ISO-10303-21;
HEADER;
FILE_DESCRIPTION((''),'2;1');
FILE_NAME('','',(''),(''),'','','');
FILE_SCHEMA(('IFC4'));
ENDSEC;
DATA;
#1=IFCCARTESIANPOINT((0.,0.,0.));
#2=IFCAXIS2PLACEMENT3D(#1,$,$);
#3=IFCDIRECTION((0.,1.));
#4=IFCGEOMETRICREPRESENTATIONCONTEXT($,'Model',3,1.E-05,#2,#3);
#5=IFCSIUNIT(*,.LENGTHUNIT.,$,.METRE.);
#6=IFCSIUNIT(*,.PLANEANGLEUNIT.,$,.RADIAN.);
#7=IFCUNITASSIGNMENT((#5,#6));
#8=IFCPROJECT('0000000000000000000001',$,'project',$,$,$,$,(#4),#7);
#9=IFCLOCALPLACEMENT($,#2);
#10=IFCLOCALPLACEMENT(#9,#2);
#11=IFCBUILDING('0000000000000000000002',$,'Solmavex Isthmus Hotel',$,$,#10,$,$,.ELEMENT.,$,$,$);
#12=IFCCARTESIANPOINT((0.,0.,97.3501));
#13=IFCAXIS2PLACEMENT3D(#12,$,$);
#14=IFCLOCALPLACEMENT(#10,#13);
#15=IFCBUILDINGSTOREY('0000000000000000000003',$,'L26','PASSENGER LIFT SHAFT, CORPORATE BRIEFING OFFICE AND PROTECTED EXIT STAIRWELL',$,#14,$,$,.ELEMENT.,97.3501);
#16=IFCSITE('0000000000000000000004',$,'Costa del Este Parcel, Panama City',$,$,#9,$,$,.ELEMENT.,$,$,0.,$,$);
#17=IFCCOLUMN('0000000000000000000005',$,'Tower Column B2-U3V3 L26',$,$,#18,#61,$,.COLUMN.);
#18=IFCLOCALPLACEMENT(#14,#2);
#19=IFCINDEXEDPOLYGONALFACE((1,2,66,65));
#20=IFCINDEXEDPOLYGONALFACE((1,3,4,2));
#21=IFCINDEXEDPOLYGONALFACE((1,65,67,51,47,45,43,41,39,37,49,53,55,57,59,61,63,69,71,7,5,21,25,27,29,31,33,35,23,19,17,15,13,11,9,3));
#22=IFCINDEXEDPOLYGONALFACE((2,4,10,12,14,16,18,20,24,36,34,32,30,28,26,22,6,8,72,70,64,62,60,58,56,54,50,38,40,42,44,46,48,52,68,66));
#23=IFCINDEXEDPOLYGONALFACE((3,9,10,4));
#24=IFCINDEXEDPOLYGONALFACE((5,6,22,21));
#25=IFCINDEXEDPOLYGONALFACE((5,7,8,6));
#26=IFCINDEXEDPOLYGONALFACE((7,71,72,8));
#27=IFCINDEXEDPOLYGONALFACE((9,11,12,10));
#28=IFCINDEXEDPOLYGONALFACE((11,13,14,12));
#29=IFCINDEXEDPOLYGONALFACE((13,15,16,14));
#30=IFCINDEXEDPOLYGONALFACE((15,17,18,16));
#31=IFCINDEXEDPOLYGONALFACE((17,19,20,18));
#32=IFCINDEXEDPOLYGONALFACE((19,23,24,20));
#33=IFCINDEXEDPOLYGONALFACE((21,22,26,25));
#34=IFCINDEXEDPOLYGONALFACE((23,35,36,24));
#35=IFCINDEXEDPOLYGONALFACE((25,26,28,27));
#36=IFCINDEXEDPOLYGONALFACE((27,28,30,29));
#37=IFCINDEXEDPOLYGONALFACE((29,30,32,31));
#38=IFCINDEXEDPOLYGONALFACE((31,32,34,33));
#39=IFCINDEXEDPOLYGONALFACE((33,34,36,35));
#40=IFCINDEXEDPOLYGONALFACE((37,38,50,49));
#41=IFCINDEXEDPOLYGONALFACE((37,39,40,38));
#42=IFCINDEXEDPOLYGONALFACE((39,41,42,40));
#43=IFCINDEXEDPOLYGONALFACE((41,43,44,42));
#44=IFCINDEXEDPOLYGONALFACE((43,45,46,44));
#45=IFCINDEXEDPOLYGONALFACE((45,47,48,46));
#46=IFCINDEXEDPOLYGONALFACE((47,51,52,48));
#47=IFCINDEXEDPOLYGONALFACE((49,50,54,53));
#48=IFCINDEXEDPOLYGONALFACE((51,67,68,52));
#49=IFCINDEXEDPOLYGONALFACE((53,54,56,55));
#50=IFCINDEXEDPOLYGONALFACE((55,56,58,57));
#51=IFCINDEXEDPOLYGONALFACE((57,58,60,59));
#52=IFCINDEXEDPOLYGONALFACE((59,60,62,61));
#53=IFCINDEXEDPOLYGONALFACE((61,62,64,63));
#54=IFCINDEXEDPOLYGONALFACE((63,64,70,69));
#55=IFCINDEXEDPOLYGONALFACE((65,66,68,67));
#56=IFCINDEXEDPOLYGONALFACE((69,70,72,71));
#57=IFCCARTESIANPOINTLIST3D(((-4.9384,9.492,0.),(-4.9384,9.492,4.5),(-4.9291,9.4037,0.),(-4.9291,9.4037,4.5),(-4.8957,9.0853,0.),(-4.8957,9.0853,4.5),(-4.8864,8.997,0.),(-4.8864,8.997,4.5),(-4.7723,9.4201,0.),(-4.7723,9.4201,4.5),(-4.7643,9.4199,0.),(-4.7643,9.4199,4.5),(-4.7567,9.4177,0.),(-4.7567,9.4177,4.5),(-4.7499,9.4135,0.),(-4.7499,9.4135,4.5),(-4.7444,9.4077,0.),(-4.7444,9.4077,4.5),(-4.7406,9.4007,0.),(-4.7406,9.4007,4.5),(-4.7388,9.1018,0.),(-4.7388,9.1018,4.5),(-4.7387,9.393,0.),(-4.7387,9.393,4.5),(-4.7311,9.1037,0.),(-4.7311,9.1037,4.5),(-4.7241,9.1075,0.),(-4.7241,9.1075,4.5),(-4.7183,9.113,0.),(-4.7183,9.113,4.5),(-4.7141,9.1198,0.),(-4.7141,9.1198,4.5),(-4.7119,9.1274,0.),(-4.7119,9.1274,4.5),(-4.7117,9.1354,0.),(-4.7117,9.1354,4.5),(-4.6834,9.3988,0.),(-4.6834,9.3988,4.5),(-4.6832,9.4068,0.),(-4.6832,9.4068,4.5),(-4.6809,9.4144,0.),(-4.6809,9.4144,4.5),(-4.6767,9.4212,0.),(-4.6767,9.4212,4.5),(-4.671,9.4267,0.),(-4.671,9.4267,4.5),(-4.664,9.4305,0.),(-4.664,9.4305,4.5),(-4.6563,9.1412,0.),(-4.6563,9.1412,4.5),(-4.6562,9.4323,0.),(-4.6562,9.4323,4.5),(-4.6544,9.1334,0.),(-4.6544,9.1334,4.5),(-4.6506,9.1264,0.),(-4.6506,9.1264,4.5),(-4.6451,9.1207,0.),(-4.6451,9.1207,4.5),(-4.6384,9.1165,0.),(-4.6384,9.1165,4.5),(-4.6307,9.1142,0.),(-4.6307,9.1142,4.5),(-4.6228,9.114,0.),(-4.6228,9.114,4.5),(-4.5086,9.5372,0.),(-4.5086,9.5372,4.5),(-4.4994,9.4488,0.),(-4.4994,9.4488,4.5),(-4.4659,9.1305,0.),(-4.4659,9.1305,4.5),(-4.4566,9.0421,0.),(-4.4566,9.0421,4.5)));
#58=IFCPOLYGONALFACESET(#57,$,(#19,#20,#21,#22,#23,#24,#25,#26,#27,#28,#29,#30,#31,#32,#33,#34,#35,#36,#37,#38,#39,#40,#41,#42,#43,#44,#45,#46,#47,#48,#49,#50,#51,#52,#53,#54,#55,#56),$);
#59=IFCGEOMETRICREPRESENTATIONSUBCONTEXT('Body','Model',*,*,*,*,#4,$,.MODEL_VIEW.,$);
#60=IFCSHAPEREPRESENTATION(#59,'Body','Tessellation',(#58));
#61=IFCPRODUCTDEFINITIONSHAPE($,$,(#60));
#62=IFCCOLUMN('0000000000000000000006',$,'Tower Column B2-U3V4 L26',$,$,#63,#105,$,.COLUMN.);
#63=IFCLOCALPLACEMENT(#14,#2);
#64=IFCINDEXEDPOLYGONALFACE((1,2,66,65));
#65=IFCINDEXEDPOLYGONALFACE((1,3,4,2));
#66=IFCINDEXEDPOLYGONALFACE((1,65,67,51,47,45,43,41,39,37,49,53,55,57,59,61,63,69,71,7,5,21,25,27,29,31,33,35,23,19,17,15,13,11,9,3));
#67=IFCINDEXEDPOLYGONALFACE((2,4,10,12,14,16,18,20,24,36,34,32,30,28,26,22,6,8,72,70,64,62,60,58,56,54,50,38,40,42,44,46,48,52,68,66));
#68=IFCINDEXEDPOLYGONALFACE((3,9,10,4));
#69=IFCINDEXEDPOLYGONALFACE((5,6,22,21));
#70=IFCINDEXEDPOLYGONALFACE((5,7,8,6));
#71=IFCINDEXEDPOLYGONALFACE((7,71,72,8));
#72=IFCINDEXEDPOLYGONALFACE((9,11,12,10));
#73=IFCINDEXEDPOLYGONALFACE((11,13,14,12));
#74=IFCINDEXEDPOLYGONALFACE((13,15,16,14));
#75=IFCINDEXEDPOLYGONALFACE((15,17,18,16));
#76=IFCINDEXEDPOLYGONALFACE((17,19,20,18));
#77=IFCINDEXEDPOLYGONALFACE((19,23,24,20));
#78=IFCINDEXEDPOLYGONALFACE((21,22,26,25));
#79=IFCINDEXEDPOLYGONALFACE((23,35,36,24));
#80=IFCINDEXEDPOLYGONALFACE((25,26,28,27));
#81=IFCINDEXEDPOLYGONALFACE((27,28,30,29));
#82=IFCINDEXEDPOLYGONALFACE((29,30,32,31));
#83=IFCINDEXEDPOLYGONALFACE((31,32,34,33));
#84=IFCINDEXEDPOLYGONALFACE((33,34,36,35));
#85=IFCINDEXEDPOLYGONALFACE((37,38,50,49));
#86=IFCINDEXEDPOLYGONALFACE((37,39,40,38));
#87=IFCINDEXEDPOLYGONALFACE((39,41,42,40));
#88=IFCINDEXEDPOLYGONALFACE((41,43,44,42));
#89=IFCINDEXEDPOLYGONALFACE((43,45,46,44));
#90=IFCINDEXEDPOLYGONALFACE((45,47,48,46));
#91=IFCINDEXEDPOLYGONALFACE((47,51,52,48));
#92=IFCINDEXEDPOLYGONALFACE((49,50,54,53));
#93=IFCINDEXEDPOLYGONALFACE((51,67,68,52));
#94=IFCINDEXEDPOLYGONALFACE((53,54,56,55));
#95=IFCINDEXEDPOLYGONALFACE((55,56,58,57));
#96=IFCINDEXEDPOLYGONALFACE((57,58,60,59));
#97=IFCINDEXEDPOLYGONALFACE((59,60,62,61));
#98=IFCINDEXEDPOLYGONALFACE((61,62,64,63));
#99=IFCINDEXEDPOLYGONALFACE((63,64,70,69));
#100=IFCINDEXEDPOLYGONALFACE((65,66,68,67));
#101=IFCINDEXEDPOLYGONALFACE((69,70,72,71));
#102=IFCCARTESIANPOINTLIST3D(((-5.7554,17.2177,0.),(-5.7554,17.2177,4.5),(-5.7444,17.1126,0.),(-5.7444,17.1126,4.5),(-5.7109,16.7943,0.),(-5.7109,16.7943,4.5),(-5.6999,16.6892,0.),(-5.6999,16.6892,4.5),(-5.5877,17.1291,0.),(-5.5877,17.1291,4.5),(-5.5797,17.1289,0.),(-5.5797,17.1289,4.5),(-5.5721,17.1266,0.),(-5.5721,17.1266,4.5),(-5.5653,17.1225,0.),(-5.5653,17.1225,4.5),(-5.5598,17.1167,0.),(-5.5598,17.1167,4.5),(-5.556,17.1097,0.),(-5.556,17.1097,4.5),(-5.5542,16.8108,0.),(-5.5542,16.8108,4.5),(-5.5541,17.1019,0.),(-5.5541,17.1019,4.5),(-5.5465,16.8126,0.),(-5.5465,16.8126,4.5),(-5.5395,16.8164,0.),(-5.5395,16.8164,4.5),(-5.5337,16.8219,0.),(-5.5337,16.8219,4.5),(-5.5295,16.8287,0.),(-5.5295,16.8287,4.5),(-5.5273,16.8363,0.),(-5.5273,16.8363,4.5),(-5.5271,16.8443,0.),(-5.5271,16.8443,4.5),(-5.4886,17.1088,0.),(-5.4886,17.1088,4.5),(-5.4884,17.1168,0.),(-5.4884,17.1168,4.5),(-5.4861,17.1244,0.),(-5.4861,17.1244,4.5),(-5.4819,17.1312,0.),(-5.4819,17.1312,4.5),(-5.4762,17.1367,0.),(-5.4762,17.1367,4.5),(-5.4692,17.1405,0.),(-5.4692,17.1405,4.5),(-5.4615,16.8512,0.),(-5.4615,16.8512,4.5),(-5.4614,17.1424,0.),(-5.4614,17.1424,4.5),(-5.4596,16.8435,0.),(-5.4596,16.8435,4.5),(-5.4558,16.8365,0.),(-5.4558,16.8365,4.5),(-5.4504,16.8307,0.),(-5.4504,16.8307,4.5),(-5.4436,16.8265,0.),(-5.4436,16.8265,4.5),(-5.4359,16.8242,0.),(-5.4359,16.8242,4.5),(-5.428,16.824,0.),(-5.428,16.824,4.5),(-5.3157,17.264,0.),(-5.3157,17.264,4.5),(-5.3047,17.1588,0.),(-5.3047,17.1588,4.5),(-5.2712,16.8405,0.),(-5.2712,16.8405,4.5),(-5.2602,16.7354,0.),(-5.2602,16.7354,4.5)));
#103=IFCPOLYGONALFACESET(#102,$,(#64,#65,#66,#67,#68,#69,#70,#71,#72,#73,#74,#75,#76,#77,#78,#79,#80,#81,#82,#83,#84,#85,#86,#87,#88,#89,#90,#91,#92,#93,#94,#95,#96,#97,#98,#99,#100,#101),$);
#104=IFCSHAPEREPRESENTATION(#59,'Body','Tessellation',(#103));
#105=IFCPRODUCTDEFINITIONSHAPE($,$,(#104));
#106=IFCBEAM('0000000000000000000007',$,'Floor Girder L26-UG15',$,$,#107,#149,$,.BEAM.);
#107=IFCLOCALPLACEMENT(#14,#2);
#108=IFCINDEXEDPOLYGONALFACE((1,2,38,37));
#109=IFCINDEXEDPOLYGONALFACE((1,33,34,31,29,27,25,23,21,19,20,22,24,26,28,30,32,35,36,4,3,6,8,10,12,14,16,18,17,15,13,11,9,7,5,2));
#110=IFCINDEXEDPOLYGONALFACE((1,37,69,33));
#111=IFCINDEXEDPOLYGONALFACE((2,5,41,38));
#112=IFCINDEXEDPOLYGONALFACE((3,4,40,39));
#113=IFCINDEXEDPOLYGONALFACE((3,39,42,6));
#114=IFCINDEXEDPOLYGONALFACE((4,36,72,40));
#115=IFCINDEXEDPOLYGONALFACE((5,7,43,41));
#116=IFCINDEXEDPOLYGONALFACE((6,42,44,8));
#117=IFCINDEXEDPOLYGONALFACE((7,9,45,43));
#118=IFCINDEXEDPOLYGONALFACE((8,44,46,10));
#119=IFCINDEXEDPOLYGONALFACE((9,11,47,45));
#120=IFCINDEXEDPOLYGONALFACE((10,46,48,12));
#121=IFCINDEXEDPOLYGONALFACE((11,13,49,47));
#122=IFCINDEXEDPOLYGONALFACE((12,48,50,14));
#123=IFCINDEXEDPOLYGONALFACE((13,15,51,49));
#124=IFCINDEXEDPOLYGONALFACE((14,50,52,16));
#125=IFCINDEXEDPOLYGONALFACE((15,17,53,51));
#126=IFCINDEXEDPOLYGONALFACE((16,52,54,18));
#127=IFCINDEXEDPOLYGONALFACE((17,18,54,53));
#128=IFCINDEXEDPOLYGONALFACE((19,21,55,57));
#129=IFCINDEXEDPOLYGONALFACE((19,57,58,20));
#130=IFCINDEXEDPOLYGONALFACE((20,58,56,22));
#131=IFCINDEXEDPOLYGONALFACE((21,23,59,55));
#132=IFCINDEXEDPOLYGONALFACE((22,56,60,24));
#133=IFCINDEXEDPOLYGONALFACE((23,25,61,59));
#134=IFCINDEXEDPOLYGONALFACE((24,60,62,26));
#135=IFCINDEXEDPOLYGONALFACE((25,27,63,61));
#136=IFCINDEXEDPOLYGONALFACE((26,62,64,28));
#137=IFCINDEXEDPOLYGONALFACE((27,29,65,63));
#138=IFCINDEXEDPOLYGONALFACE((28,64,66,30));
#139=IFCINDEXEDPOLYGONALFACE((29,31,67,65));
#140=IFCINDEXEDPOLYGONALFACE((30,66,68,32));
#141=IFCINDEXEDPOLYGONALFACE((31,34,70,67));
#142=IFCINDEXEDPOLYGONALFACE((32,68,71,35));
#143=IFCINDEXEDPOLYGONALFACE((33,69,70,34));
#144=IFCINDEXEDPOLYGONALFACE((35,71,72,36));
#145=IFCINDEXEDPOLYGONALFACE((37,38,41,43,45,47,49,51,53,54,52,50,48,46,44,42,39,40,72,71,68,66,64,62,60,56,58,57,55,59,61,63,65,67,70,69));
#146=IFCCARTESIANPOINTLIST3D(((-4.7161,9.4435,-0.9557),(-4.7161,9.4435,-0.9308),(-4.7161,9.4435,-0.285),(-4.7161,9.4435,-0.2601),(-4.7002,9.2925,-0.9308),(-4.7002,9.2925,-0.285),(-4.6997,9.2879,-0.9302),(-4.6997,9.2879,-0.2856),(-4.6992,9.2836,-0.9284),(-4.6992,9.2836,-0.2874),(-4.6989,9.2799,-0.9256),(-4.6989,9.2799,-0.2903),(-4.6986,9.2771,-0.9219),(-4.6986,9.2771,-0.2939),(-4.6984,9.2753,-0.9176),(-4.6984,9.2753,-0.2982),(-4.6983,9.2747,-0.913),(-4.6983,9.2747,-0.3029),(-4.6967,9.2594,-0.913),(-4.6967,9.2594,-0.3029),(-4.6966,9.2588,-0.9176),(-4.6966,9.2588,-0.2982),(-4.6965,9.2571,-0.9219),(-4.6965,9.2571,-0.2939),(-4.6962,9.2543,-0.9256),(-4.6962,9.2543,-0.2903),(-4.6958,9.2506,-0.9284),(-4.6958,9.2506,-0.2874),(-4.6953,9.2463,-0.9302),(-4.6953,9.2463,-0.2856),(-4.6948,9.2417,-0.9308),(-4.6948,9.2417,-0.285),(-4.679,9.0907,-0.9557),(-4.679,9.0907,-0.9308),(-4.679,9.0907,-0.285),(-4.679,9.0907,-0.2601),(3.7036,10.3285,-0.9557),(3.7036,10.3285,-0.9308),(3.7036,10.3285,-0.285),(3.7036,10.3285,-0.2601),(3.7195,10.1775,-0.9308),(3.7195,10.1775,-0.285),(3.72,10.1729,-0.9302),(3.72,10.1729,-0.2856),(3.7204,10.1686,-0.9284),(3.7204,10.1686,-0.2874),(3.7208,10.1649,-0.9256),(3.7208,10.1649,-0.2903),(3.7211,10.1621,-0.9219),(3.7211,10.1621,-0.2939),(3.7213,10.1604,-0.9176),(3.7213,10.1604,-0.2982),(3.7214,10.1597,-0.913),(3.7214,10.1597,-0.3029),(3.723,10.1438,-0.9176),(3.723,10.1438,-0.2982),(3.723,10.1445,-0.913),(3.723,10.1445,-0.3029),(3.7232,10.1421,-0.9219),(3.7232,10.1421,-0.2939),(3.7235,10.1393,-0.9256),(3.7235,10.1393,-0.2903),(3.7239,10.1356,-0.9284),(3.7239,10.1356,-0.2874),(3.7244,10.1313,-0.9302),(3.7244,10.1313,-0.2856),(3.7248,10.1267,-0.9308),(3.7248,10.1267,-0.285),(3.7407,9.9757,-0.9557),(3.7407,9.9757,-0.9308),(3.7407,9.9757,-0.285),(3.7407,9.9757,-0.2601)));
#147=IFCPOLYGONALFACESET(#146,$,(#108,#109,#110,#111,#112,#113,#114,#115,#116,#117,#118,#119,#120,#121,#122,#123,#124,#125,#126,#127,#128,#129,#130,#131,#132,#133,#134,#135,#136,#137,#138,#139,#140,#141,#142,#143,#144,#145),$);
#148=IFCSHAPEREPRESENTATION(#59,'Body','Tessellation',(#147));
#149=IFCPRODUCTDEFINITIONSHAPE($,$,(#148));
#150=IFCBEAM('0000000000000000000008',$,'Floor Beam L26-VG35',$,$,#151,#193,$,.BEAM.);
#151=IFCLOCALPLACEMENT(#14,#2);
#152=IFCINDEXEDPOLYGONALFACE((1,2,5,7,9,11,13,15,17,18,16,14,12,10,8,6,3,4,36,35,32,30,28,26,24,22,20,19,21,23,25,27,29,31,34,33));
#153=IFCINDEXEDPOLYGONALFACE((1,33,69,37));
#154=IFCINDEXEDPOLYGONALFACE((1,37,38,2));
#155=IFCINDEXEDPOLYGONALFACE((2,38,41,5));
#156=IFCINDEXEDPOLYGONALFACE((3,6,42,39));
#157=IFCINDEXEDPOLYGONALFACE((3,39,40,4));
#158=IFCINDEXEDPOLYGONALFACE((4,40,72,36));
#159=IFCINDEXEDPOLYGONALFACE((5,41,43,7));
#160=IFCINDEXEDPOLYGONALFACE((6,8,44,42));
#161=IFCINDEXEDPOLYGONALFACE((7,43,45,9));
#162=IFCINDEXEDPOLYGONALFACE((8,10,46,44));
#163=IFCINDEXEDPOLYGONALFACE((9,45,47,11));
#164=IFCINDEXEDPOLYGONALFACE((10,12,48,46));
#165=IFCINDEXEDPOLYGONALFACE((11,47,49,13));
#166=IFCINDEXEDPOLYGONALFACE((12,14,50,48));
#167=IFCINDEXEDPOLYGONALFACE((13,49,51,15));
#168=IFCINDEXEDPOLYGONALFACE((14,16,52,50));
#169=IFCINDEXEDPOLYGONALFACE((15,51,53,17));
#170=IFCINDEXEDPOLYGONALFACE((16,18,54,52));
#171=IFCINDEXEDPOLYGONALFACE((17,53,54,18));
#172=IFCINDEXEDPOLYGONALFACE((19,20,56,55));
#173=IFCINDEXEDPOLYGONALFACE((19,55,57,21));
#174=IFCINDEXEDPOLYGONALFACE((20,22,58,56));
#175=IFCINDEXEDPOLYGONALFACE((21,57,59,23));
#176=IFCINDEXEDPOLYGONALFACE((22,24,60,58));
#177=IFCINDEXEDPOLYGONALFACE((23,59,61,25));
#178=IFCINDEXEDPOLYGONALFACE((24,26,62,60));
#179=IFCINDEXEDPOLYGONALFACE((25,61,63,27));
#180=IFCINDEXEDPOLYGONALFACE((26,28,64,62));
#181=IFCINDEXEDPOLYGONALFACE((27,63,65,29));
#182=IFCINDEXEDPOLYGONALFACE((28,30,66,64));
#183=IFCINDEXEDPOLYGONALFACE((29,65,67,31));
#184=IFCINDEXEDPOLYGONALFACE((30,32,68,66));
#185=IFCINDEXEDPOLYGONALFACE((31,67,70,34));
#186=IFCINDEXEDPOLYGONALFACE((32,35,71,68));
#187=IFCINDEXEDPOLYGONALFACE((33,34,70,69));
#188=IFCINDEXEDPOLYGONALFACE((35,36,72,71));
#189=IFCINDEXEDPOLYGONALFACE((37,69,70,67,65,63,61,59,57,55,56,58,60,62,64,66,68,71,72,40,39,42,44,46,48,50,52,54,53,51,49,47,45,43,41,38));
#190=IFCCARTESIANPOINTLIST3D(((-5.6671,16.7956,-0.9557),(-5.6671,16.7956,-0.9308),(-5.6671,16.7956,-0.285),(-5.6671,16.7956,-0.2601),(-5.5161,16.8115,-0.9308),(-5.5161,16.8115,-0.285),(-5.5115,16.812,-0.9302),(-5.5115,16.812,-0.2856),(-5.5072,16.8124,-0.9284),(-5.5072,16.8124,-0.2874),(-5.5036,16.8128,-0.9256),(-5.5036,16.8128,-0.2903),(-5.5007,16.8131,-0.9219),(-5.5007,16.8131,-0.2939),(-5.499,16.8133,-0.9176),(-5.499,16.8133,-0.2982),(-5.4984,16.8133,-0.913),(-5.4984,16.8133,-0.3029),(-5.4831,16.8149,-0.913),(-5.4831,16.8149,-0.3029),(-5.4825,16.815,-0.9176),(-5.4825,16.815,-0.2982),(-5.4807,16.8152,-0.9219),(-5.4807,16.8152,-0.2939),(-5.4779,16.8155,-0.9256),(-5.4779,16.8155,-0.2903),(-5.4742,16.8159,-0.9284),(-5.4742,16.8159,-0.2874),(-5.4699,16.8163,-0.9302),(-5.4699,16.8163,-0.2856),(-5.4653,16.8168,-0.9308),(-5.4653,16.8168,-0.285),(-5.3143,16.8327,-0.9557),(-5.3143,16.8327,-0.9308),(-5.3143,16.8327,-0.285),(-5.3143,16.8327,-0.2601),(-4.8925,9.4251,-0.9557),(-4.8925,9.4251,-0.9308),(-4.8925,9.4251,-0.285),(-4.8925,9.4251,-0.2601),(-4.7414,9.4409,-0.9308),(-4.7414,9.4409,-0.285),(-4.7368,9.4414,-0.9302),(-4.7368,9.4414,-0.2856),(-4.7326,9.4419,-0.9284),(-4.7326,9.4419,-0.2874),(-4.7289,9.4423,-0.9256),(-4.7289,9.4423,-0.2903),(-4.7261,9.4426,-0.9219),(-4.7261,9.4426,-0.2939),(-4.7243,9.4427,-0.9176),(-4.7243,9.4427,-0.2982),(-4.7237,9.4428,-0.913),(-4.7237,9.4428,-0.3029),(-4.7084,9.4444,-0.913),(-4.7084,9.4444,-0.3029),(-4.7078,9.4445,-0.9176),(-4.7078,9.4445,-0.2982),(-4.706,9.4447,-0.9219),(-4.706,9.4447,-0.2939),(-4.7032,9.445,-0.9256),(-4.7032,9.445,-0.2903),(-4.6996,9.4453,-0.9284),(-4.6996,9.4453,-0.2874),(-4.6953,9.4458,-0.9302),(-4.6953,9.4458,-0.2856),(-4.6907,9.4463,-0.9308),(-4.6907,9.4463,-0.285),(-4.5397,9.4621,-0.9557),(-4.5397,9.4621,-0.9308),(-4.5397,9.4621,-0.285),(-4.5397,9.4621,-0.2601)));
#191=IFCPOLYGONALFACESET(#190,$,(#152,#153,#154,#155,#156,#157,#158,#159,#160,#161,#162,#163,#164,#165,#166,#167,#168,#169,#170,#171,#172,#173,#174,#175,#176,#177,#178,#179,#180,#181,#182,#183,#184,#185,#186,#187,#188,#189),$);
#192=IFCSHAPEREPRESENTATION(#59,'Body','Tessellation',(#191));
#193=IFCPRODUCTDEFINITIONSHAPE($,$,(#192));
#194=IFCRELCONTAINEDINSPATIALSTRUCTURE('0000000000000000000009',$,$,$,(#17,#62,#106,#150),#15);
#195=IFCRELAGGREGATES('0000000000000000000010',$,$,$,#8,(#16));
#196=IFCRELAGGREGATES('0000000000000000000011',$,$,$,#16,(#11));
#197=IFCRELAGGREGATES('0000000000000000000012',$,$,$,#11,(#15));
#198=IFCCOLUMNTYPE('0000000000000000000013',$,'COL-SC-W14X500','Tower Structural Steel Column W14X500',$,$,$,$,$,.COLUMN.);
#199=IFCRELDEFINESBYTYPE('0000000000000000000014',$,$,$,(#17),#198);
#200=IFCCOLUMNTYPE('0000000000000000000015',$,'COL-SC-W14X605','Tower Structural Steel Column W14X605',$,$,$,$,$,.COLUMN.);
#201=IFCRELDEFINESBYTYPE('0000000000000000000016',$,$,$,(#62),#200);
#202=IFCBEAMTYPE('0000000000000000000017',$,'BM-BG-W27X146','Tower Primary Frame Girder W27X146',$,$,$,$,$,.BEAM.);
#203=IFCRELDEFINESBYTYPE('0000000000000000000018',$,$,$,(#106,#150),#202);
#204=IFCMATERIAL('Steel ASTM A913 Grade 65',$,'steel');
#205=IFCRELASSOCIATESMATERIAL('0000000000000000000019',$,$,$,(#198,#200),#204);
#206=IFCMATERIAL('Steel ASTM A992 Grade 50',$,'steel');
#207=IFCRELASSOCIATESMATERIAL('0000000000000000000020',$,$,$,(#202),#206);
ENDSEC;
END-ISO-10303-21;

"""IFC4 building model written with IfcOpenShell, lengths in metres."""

from ifc_helpers import new_model, si_unit, direction, frame, origin, origin_2d, place, context, subcontext, project, spatial, i_section, extrude, material, material_profile, profile_set, type_object, element, save


model = new_model("IFC4")

# Units and contexts
model_context = context("Model", 3, precision=1e-05, world=origin(), true_north=direction((0.0, 1.0)))
body_context = subcontext(model_context, "Body", "Model", "MODEL_VIEW")
ifc_project = project(units=[si_unit("LENGTHUNIT", "METRE"), si_unit("PLANEANGLEUNIT", "RADIAN")], contexts=[model_context])

# Site, building, storey
site_placement = place(None, origin())
site = spatial("IfcSite", under=ifc_project, at=site_placement, Name="Costa del Este Parcel, Panama City", CompositionType="ELEMENT", RefElevation=0.0)
building_placement = place(site_placement, origin())
building = spatial("IfcBuilding", under=site, at=building_placement, Name="Solmavex Isthmus Hotel", CompositionType="ELEMENT")
storey_placement = place(building_placement, frame((0.0, 0.0, 97.3501)))
storey = spatial("IfcBuildingStorey", under=building, at=storey_placement, Name="L26", Description="PASSENGER LIFT SHAFT, CORPORATE BRIEFING OFFICE AND PROTECTED EXIT STAIRWELL", CompositionType="ELEMENT", Elevation=97.3501)

# Columns
ifc_material_1 = material(Name="Steel ASTM A913 Grade 65", Category="steel")
ifc_material_profile_1 = material_profile(ifc_material_1, i_section(OverallWidth=0.4321, OverallDepth=0.4978, WebThickness=0.0557, FlangeThickness=0.0889, FilletRadius=0.0305, at=origin_2d()), Name="W14X500")
ifc_profile_set_1 = profile_set([ifc_material_profile_1], Name="Steel ASTM A913 Grade 65")
column_type_1 = type_object("IfcColumnType", Name="COL-SC-W14X500", Description="Tower Structural Steel Column W14X500", PredefinedType="COLUMN", material=ifc_profile_set_1)
column_1_placement = place(storey_placement, frame((-4.6975, 9.2671, 0.0), z_axis=(0.0, 0.0, 1.0), x_axis=(0.994522, 0.104528, 0.0)))
element("IfcColumn", 1, at=column_1_placement, inside=storey, type_object=column_type_1, Name="Tower Column B2-U3V3 L26", PredefinedType="COLUMN", context=body_context, shape_type="SweptSolid", body=[
    extrude(i_section(OverallWidth=0.4321, OverallDepth=0.4978, WebThickness=0.0557, FlangeThickness=0.0889, FilletRadius=0.0305, at=origin_2d()), origin(), (0.0, 0.0, 1.0), 4.5),
])
ifc_material_profile_2 = material_profile(ifc_material_1, i_section(OverallWidth=0.4421, OverallDepth=0.5315, WebThickness=0.0659, FlangeThickness=0.1057, FilletRadius=0.0305, at=origin_2d()), Name="W14X605")
ifc_profile_set_2 = profile_set([ifc_material_profile_2], Name="Steel ASTM A913 Grade 65")
column_type_2 = type_object("IfcColumnType", Name="COL-SC-W14X605", Description="Tower Structural Steel Column W14X605", PredefinedType="COLUMN", material=ifc_profile_set_2)
column_2_placement = place(storey_placement, frame((-5.5078, 16.9766, 0.0), z_axis=(0.0, 0.0, 1.0), x_axis=(0.994522, 0.104528, 0.0)))
element("IfcColumn", 2, at=column_2_placement, inside=storey, type_object=column_type_2, Name="Tower Column B2-U3V4 L26", PredefinedType="COLUMN", context=body_context, shape_type="SweptSolid", body=[
    extrude(i_section(OverallWidth=0.4421, OverallDepth=0.5315, WebThickness=0.0659, FlangeThickness=0.1057, FilletRadius=0.0305, at=origin_2d()), origin(), (0.0, 0.0, 1.0), 4.5),
])

# Beams
ifc_material_2 = material(Name="Steel ASTM A992 Grade 50", Category="steel")
ifc_material_profile_3 = material_profile(ifc_material_2, i_section(OverallWidth=0.3547, OverallDepth=0.6956, WebThickness=0.0154, FlangeThickness=0.0249, FilletRadius=0.0178, at=origin_2d()), Name="W27X146")
ifc_profile_set_3 = profile_set([ifc_material_profile_3], Name="Steel ASTM A992 Grade 50")
beam_type_1 = type_object("IfcBeamType", Name="BM-BG-W27X146", Description="Tower Primary Frame Girder W27X146", PredefinedType="BEAM", material=ifc_profile_set_3)
beam_1_placement = place(storey_placement, frame((-4.6975, 9.2671, -0.6079), z_axis=(0.994521, 0.104536, 0.0), x_axis=(-0.104536, 0.994521, 0.0)))
element("IfcBeam", 3, at=beam_1_placement, inside=storey, type_object=beam_type_1, Name="Floor Girder L26-UG15", PredefinedType="BEAM", context=body_context, shape_type="SweptSolid", body=[
    extrude(i_section(OverallWidth=0.3547, OverallDepth=0.6956, WebThickness=0.0154, FlangeThickness=0.0249, FilletRadius=0.0178, at=origin_2d()), origin(), (0.0, 0.0, 1.0), 8.4661),
])
beam_2_placement = place(storey_placement, frame((-4.7161, 9.4436, -0.6079), z_axis=(-0.104525, 0.994522, 0.0), x_axis=(-0.994522, -0.104525, 0.0)))
element("IfcBeam", 4, at=beam_2_placement, inside=storey, type_object=beam_type_1, Name="Floor Beam L26-VG35", PredefinedType="BEAM", context=body_context, shape_type="SweptSolid", body=[
    extrude(i_section(OverallWidth=0.3547, OverallDepth=0.6956, WebThickness=0.0154, FlangeThickness=0.0249, FilletRadius=0.0178, at=origin_2d()), origin(), (0.0, 0.0, 1.0), 7.4111),
])

save(model, "model.ifc")
